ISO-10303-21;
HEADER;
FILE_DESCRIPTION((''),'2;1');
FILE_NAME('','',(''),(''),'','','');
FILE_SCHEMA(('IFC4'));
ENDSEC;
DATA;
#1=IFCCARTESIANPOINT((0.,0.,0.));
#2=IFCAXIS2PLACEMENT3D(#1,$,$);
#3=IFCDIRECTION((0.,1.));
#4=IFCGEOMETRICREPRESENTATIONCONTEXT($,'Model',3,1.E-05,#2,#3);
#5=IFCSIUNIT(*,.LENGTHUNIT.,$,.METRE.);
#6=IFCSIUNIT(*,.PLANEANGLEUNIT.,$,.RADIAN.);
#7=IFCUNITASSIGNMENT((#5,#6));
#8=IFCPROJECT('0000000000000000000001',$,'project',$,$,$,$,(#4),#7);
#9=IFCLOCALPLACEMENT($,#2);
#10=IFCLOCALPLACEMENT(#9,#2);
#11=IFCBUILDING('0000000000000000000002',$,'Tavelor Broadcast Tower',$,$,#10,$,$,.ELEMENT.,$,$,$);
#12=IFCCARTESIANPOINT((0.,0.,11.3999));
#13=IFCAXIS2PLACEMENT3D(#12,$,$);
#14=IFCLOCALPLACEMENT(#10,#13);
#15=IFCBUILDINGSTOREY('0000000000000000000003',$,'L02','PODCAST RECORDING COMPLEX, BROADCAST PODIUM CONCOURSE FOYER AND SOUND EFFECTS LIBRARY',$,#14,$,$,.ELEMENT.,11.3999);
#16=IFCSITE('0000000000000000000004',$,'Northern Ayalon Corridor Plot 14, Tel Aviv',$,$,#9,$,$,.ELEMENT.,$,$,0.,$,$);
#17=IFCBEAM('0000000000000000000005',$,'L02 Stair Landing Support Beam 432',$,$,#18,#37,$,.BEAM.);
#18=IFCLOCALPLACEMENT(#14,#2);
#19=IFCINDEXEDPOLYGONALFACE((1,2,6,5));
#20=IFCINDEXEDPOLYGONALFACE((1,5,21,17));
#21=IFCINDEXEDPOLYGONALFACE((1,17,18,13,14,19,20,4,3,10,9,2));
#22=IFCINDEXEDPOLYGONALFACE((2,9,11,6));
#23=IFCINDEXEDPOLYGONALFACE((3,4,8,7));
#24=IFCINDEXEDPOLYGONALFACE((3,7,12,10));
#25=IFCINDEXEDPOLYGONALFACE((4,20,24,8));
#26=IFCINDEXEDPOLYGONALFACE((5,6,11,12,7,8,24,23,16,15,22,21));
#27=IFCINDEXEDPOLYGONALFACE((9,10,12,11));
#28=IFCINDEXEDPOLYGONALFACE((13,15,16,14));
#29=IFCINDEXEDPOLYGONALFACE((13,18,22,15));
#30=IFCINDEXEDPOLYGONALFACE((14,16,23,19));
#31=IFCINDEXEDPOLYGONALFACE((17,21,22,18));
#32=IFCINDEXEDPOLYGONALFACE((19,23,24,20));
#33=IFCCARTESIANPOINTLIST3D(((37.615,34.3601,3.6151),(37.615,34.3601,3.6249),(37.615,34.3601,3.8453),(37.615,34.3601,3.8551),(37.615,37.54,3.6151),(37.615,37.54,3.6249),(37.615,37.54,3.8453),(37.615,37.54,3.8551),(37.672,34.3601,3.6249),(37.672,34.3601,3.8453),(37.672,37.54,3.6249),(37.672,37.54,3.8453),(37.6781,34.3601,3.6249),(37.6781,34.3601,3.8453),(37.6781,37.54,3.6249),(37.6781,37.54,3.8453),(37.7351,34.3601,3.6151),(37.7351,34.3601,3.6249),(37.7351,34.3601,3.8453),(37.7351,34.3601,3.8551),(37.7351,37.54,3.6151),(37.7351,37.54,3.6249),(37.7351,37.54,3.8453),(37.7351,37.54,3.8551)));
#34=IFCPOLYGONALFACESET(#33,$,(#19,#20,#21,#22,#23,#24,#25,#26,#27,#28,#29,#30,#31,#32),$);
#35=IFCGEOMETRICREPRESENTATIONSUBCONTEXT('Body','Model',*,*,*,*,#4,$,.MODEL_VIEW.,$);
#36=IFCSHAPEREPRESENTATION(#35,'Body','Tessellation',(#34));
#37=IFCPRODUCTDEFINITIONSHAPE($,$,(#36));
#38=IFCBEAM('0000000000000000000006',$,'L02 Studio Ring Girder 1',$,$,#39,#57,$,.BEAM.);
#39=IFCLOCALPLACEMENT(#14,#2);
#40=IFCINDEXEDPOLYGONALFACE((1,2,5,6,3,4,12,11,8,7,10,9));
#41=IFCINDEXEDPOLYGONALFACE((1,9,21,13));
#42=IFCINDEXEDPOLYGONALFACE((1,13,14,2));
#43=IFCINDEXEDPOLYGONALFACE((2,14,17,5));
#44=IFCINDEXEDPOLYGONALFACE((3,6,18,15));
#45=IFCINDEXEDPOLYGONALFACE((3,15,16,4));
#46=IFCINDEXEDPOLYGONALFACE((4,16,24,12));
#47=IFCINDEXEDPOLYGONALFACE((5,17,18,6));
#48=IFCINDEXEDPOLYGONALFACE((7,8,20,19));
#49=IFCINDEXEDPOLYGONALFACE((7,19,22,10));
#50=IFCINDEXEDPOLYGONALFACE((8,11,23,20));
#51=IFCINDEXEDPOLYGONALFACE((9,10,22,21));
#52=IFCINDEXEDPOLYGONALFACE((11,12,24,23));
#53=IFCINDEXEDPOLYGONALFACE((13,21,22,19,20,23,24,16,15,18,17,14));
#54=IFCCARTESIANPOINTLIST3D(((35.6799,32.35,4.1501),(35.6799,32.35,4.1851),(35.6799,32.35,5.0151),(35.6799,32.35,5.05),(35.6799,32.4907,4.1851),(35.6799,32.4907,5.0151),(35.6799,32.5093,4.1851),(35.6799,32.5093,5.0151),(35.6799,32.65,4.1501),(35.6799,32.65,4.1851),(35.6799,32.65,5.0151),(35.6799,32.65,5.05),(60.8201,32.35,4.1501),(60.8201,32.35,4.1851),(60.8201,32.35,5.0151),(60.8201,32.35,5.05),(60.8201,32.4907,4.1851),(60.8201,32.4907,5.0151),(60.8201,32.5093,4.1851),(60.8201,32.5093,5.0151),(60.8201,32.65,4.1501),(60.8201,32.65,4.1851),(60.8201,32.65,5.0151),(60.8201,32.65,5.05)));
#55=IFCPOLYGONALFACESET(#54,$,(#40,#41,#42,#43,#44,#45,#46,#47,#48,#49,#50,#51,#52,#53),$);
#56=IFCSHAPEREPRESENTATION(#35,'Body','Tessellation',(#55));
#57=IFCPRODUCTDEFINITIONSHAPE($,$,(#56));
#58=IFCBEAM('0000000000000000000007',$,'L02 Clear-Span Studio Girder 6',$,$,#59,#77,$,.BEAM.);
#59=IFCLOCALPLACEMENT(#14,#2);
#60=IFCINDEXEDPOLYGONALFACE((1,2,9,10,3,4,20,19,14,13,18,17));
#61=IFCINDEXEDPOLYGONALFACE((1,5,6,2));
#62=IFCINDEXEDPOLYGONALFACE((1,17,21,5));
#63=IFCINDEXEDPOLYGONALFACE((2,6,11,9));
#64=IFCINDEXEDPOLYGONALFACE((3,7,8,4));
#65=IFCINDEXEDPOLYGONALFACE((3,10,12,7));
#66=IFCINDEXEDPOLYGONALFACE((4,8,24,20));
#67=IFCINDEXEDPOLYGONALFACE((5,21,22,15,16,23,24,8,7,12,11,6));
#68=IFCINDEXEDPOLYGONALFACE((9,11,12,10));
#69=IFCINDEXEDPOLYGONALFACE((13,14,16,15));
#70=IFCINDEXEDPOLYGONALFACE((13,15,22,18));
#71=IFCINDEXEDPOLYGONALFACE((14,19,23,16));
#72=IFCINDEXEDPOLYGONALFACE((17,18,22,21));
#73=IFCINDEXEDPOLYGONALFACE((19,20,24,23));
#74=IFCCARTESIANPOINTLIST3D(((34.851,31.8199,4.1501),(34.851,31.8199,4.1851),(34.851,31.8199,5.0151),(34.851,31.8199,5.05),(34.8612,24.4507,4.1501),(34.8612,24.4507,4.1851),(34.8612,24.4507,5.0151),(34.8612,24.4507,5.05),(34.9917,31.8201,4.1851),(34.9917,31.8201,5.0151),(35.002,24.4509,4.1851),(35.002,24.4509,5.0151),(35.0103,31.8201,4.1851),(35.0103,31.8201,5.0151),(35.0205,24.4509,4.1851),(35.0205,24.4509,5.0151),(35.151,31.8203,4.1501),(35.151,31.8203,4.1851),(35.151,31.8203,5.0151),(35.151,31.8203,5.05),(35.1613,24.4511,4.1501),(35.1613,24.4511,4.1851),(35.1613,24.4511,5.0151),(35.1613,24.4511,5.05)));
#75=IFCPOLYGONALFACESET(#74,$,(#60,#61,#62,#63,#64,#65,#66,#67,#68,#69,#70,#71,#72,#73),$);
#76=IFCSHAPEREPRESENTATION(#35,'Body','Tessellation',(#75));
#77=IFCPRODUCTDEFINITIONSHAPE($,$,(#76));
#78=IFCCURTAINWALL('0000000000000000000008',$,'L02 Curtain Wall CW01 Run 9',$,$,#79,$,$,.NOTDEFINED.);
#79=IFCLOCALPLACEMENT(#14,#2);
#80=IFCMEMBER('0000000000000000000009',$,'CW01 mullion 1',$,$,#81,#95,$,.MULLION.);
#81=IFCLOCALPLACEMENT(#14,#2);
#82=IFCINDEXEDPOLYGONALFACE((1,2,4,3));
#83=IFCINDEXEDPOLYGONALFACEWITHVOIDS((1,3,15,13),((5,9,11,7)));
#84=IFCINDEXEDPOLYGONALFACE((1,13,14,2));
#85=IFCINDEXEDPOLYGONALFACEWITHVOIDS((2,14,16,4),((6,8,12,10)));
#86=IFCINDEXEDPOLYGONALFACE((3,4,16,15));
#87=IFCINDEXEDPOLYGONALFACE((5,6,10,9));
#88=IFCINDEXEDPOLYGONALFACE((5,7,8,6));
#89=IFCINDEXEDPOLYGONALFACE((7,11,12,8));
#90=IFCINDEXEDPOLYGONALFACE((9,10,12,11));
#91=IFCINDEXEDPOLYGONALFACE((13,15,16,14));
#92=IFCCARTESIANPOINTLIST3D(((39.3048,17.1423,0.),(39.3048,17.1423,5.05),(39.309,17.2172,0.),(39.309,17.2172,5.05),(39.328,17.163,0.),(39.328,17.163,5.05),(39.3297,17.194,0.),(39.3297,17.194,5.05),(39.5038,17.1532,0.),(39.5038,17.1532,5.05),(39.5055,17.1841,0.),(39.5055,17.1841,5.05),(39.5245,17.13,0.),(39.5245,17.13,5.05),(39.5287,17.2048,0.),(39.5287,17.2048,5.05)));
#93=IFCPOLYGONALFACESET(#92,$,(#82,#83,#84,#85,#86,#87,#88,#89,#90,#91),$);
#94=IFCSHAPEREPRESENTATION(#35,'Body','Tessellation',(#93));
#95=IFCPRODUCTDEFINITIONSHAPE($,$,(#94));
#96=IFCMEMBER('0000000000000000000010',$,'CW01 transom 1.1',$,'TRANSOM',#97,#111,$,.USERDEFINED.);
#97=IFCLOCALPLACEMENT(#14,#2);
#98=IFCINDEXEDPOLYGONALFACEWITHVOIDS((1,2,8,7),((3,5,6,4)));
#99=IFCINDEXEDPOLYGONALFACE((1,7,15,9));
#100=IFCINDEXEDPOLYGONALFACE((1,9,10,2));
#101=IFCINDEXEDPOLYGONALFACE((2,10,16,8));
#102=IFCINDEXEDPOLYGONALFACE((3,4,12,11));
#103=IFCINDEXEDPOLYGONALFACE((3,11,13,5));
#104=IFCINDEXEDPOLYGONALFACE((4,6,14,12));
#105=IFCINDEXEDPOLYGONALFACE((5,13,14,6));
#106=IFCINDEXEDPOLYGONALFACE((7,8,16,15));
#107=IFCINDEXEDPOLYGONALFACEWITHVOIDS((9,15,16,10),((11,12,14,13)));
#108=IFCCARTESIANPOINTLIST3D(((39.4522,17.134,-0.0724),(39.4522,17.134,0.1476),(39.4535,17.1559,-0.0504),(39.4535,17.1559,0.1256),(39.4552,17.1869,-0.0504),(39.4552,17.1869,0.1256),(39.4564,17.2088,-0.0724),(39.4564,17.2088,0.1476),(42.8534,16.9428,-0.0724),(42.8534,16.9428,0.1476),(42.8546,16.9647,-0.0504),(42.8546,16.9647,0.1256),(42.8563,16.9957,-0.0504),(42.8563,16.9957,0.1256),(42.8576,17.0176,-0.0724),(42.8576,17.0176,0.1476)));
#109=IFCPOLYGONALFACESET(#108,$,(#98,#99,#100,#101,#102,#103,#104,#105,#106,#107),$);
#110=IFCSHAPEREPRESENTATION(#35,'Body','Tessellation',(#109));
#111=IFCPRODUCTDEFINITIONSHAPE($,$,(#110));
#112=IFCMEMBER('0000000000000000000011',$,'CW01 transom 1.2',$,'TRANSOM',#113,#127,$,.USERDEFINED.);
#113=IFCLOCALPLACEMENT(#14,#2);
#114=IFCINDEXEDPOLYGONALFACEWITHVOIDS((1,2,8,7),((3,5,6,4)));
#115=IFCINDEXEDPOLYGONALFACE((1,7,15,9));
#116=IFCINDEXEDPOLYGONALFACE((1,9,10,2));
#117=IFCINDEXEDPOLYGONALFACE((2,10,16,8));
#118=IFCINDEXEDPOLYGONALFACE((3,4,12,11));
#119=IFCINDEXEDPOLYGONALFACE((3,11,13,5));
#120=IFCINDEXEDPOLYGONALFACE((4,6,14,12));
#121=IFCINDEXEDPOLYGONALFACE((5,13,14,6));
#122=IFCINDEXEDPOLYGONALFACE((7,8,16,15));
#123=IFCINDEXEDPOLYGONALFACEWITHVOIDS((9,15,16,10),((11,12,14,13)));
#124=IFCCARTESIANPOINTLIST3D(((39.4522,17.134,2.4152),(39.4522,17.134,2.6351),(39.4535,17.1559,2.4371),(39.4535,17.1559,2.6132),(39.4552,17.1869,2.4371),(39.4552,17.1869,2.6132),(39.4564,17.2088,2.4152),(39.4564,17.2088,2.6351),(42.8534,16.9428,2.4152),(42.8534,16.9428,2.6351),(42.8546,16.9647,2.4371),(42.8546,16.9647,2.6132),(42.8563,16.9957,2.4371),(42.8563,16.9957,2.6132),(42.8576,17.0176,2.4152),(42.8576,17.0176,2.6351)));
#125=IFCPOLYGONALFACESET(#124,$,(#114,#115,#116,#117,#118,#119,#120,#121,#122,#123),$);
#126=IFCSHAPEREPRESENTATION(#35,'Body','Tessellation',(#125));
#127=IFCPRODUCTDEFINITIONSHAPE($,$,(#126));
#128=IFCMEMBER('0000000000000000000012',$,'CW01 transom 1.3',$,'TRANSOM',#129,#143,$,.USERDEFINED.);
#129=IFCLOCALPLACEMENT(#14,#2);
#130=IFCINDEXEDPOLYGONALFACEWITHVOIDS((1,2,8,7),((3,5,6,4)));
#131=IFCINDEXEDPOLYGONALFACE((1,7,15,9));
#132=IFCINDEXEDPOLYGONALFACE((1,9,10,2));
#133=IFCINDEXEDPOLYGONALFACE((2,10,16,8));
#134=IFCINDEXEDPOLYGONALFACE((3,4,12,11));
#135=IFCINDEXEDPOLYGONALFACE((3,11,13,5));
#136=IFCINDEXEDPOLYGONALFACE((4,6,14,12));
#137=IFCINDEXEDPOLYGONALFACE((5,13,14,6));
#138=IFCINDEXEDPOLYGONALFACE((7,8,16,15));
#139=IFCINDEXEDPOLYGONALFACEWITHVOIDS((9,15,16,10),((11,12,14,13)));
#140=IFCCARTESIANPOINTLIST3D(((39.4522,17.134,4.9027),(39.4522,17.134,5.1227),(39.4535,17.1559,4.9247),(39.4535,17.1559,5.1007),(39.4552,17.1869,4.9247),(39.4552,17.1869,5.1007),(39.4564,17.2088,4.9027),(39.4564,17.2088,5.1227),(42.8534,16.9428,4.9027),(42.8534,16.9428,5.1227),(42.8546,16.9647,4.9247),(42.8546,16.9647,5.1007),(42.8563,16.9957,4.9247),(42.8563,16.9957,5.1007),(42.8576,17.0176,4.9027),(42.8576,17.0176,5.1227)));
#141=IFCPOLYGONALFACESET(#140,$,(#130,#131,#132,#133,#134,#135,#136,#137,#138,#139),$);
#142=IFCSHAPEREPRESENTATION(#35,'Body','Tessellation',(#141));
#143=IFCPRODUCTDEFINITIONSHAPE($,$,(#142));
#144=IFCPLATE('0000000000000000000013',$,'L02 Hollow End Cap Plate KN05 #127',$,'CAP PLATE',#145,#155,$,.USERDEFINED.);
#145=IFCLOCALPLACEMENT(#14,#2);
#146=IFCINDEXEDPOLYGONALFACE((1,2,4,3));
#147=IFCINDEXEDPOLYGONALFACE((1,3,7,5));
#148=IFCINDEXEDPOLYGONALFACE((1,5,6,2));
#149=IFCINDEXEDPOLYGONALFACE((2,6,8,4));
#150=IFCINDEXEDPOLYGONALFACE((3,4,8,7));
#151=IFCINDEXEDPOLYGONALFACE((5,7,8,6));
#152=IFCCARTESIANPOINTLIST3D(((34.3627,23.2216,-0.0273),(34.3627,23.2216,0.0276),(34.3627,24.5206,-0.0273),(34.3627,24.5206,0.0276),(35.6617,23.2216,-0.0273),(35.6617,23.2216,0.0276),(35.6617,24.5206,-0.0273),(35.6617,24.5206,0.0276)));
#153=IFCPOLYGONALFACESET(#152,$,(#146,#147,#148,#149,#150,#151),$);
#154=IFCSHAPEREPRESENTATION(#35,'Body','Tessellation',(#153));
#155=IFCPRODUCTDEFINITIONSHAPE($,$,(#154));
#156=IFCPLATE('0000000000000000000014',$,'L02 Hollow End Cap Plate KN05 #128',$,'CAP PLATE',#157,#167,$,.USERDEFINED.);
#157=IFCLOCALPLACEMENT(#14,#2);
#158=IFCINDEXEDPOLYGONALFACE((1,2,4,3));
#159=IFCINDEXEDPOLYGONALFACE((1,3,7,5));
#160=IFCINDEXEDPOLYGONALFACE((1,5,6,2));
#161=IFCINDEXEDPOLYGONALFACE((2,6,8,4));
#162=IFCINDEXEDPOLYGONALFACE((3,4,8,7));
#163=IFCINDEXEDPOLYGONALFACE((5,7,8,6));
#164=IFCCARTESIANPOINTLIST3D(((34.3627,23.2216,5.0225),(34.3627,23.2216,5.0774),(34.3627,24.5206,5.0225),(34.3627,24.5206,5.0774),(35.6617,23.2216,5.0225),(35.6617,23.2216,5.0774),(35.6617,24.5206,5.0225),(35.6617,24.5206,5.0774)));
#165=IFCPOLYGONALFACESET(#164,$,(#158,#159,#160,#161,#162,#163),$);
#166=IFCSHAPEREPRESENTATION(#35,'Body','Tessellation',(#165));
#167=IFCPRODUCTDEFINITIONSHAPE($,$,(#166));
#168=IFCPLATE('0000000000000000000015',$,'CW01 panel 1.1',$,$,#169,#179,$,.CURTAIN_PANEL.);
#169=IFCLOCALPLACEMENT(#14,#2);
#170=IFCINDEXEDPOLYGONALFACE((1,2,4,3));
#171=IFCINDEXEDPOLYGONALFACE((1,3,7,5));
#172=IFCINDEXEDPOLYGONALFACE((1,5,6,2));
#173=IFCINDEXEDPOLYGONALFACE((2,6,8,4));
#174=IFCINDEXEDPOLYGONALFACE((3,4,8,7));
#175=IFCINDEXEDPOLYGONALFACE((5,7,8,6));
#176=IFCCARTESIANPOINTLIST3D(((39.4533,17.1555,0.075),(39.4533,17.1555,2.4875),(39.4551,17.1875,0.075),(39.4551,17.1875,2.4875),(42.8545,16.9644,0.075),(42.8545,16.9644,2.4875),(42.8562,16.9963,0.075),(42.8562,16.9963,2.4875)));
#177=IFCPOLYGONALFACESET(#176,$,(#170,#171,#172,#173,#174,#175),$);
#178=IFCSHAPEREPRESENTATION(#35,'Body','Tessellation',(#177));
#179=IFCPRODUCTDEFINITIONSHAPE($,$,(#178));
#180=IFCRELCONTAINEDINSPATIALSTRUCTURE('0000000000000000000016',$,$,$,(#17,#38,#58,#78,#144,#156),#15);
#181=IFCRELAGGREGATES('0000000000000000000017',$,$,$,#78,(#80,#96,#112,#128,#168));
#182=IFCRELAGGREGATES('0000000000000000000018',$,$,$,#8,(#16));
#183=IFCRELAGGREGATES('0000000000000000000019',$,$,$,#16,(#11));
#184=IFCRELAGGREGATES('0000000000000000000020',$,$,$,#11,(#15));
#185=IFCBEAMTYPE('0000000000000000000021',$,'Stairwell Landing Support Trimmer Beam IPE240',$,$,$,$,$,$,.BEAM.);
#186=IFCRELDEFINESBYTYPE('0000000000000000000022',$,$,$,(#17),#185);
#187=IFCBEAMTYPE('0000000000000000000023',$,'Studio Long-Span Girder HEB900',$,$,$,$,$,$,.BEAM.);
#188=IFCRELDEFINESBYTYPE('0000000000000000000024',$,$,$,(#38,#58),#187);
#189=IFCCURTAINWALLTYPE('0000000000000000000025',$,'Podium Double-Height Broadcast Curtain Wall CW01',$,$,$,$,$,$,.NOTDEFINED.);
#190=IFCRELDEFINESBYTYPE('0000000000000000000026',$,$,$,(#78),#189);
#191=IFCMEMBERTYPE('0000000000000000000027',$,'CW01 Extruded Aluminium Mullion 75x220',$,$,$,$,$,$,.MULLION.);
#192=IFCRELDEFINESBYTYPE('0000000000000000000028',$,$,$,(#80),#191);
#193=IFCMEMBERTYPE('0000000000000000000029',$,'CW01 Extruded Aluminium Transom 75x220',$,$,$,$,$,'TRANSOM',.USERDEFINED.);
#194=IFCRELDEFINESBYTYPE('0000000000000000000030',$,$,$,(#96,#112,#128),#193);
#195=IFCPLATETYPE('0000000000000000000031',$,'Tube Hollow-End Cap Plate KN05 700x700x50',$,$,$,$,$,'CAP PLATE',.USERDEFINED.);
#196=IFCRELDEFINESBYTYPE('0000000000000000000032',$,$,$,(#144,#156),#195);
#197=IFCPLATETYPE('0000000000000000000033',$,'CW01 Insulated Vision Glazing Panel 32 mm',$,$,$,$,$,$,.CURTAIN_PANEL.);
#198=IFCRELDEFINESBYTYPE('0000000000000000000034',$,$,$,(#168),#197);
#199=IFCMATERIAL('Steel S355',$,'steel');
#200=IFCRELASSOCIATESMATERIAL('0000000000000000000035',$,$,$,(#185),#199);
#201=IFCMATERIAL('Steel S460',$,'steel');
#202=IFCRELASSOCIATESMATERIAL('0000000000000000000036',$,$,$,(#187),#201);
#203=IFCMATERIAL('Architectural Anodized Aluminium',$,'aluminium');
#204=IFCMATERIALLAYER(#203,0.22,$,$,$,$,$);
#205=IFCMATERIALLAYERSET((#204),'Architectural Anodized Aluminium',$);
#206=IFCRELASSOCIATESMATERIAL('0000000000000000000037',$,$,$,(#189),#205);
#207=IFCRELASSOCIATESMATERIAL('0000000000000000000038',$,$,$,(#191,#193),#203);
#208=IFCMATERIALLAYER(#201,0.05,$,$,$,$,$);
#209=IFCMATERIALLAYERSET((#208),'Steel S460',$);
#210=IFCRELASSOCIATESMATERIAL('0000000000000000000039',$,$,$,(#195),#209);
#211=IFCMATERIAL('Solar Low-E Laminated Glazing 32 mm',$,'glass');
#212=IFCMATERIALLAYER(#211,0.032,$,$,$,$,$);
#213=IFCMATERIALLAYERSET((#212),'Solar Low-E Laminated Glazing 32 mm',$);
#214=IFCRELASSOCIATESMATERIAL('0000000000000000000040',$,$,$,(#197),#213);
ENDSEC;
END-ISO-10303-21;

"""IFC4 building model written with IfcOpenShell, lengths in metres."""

from ifc_helpers import new_model, si_unit, direction, frame, origin, origin_2d, place, context, subcontext, project, spatial, rectangle, hollow_rectangle, i_section, extrude, source, transform, mapped, material, layer, layer_set, material_profile, profile_set, type_object, type_shapes, element, aggregate, save


model = new_model("IFC4")

# Units and contexts
model_context = context("Model", 3, precision=1e-05, world=origin(), true_north=direction((0.0, 1.0)))
body_context = subcontext(model_context, "Body", "Model", "MODEL_VIEW")
ifc_project = project(units=[si_unit("LENGTHUNIT", "METRE"), si_unit("PLANEANGLEUNIT", "RADIAN")], contexts=[model_context])

# Site, building, storey
site_placement = place(None, origin())
site = spatial("IfcSite", under=ifc_project, at=site_placement, Name="Northern Ayalon Corridor Plot 14, Tel Aviv", CompositionType="ELEMENT", RefElevation=0.0)
building_placement = place(site_placement, origin())
building = spatial("IfcBuilding", under=site, at=building_placement, Name="Tavelor Broadcast Tower", CompositionType="ELEMENT")
storey_placement = place(building_placement, frame((0.0, 0.0, 11.3999)))
storey = spatial("IfcBuildingStorey", under=building, at=storey_placement, Name="L02", Description="PODCAST RECORDING COMPLEX, BROADCAST PODIUM CONCOURSE FOYER AND SOUND EFFECTS LIBRARY", CompositionType="ELEMENT", Elevation=11.3999)

# Shared definitions
ifc_material_1 = material(Name="Steel S460", Category="steel")

# Beams
ifc_material_2 = material(Name="Steel S355", Category="steel")
ifc_material_profile_1 = material_profile(ifc_material_2, i_section(OverallWidth=0.1201, OverallDepth=0.24, WebThickness=0.0061, FlangeThickness=0.0098, at=origin_2d()), Name="IPE 240")
ifc_profile_set_1 = profile_set([ifc_material_profile_1], Name="Steel S355")
beam_type_1 = type_object("IfcBeamType", Name="Stairwell Landing Support Trimmer Beam IPE240", PredefinedType="BEAM", material=ifc_profile_set_1)
for number, where, z_axis, x_axis, name in (
    (1, (37.675, 34.3601, 3.7351), (0.0, 1.0, 0.0), (-1.0, 0.0, 0.0), "L02 Stair Landing Support Beam 432"),
):
    element("IfcBeam", number, at=place(storey_placement, frame(where, z_axis=z_axis, x_axis=x_axis)), inside=storey, type_object=beam_type_1, Name=name, PredefinedType="BEAM", context=body_context, shape_type="SweptSolid", body=[
        extrude(i_section(OverallWidth=0.1201, OverallDepth=0.24, WebThickness=0.0061, FlangeThickness=0.0098, at=origin_2d()), origin(), (0.0, 0.0, 1.0), 3.1799),
    ])
ifc_material_profile_2 = material_profile(ifc_material_1, i_section(OverallWidth=0.3, OverallDepth=0.8999, WebThickness=0.0186, FlangeThickness=0.0349, at=origin_2d()), Name="HEB 900")
ifc_profile_set_2 = profile_set([ifc_material_profile_2], Name="Steel S460")
beam_type_2 = type_object("IfcBeamType", Name="Studio Long-Span Girder HEB900", PredefinedType="BEAM", material=ifc_profile_set_2)
beam_1_placement = place(storey_placement, frame((35.6799, 32.5, 4.6001), z_axis=(1.0, 0.0, 0.0), x_axis=(0.0, 1.0, 0.0)))
element("IfcBeam", 2, at=beam_1_placement, inside=storey, type_object=beam_type_2, Name="L02 Studio Ring Girder 1", PredefinedType="BEAM", context=body_context, shape_type="SweptSolid", body=[
    extrude(i_section(OverallWidth=0.3, OverallDepth=0.8999, WebThickness=0.0186, FlangeThickness=0.0349, at=origin_2d()), origin(), (0.0, 0.0, 1.0), 25.1401),
])
beam_2_placement = place(storey_placement, frame((35.001, 31.8201, 4.6001), z_axis=(0.001391, -0.999999, 0.0), x_axis=(0.999999, 0.001391, 0.0)))
element("IfcBeam", 3, at=beam_2_placement, inside=storey, type_object=beam_type_2, Name="L02 Clear-Span Studio Girder 6", PredefinedType="BEAM", context=body_context, shape_type="SweptSolid", body=[
    extrude(i_section(OverallWidth=0.3, OverallDepth=0.8999, WebThickness=0.0186, FlangeThickness=0.0349, at=origin_2d()), origin(), (0.0, 0.0, 1.0), 7.3691),
])

# Curtain wall, members
ifc_material_3 = material(Name="Architectural Anodized Aluminium", Category="aluminium")
ifc_layer_1 = layer(ifc_material_3, 0.22)
ifc_layer_set_1 = layer_set([ifc_layer_1], Name="Architectural Anodized Aluminium")
curtain_wall_type = type_object("IfcCurtainWallType", Name="Podium Double-Height Broadcast Curtain Wall CW01", PredefinedType="NOTDEFINED", material=ifc_layer_set_1)
curtain_wall_placement = place(storey_placement, origin())
curtain_wall = element("IfcCurtainWall", 4, at=curtain_wall_placement, inside=storey, type_object=curtain_wall_type, Name="L02 Curtain Wall CW01 Run 9", PredefinedType="NOTDEFINED")
ifc_material_profile_3 = material_profile(ifc_material_3, hollow_rectangle(XDim=0.075, YDim=0.22, WallThickness=0.022, at=origin_2d()), Name="RHS 75x220x22")
ifc_profile_set_3 = profile_set([ifc_material_profile_3], Name="Architectural Anodized Aluminium")
member_type_1 = type_object("IfcMemberType", Name="CW01 Extruded Aluminium Mullion 75x220", PredefinedType="MULLION", material=ifc_profile_set_3)
shared_shape_1 = source(origin(), body_context, "Body", "SweptSolid", [
    extrude(hollow_rectangle(XDim=0.075, YDim=0.22, WallThickness=0.022, at=origin_2d()), origin(), (0.0, 0.0, 1.0), 5.05),
])
type_shapes(member_type_1, [shared_shape_1])
member_1_placement = place(storey_placement, frame((39.4167, 17.1736, 0.0), z_axis=(0.0, 0.0, 1.0), x_axis=(0.056103, 0.998425, 0.0)))
member_1 = element("IfcMember", 5, at=member_1_placement, type_object=member_type_1, Name="CW01 mullion 1", PredefinedType="MULLION", context=body_context, shape_type="MappedRepresentation", body=[
    mapped(shared_shape_1, transform((0.0, 0.0, 0.0), scale=1.0)),
])
ifc_material_profile_4 = material_profile(ifc_material_3, hollow_rectangle(XDim=0.075, YDim=0.22, WallThickness=0.022, at=origin_2d()), Name="RHS 75x220x22")
ifc_profile_set_4 = profile_set([ifc_material_profile_4], Name="Architectural Anodized Aluminium")
member_type_2 = type_object("IfcMemberType", Name="CW01 Extruded Aluminium Transom 75x220", ElementType="TRANSOM", PredefinedType="USERDEFINED", material=ifc_profile_set_4)
shared_shape_2 = source(origin(), body_context, "Body", "SweptSolid", [
    extrude(hollow_rectangle(XDim=0.075, YDim=0.22, WallThickness=0.022, at=origin_2d()), origin(), (0.0, 0.0, 1.0), 3.4065),
])
type_shapes(member_type_2, [shared_shape_2])
member_2_placement = place(storey_placement, frame((39.4543, 17.1714, 0.0376), z_axis=(0.998424, -0.056117, 0.0), x_axis=(0.056117, 0.998424, 0.0)))
member_2 = element("IfcMember", 6, at=member_2_placement, type_object=member_type_2, Name="CW01 transom 1.1", ObjectType="TRANSOM", PredefinedType="USERDEFINED", context=body_context, shape_type="MappedRepresentation", body=[
    mapped(shared_shape_2, transform((0.0, 0.0, 0.0), scale=1.0)),
])
member_3_placement = place(storey_placement, frame((39.4543, 17.1714, 2.5251), z_axis=(0.998424, -0.056117, 0.0), x_axis=(0.056117, 0.998424, 0.0)))
member_3 = element("IfcMember", 7, at=member_3_placement, type_object=member_type_2, Name="CW01 transom 1.2", ObjectType="TRANSOM", PredefinedType="USERDEFINED", context=body_context, shape_type="MappedRepresentation", body=[
    mapped(shared_shape_2, transform((0.0, 0.0, 0.0), scale=1.0)),
])
member_4_placement = place(storey_placement, frame((39.4543, 17.1714, 5.0127), z_axis=(0.998424, -0.056117, 0.0), x_axis=(0.056117, 0.998424, 0.0)))
member_4 = element("IfcMember", 8, at=member_4_placement, type_object=member_type_2, Name="CW01 transom 1.3", ObjectType="TRANSOM", PredefinedType="USERDEFINED", context=body_context, shape_type="MappedRepresentation", body=[
    mapped(shared_shape_2, transform((0.0, 0.0, 0.0), scale=1.0)),
])

# Plates
ifc_layer_2 = layer(ifc_material_1, 0.05)
ifc_layer_set_2 = layer_set([ifc_layer_2], Name="Steel S460")
plate_type_1 = type_object("IfcPlateType", Name="Tube Hollow-End Cap Plate KN05 700x700x50", ElementType="CAP PLATE", PredefinedType="USERDEFINED", material=ifc_layer_set_2)
shared_shape_3 = source(origin(), body_context, "Body", "SweptSolid", [
    extrude(rectangle(XDim=1.2991, YDim=1.2991, at=origin_2d()), origin(), (0.0, 0.0, 1.0), 0.0549),
])
type_shapes(plate_type_1, [shared_shape_3])
for number, where, z_axis, x_axis, name in (
    (9, (35.0122, 23.8711, -0.0273), (0.0, 0.0, 1.0), (1.0, 0.0, 0.0), "L02 Hollow End Cap Plate KN05 #127"),
    (10, (35.0122, 23.8711, 5.0225), (0.0, 0.0, 1.0), (1.0, 0.0, 0.0), "L02 Hollow End Cap Plate KN05 #128"),
):
    element("IfcPlate", number, at=place(storey_placement, frame(where, z_axis=z_axis, x_axis=x_axis)), inside=storey, type_object=plate_type_1, Name=name, ObjectType="CAP PLATE", PredefinedType="USERDEFINED", context=body_context, shape_type="MappedRepresentation", body=[
        mapped(shared_shape_3, transform((0.0, 0.0, 0.0), scale=1.0)),
    ])

# Plate
ifc_material_4 = material(Name="Solar Low-E Laminated Glazing 32 mm", Category="glass")
ifc_layer_3 = layer(ifc_material_4, 0.032)
ifc_layer_set_3 = layer_set([ifc_layer_3], Name="Solar Low-E Laminated Glazing 32 mm")
plate_type_2 = type_object("IfcPlateType", Name="CW01 Insulated Vision Glazing Panel 32 mm", PredefinedType="CURTAIN_PANEL", material=ifc_layer_set_3)
shared_shape_4 = source(origin(), body_context, "Body", "SweptSolid", [
    extrude(rectangle(XDim=3.4065, YDim=0.032, at=origin_2d()), origin(), (0.0, 0.0, 1.0), 2.4126),
])
type_shapes(plate_type_2, [shared_shape_4])
plate_1_placement = place(storey_placement, frame((41.1548, 17.0759, 0.075), z_axis=(0.0, 0.0, 1.0), x_axis=(0.998425, -0.056103, 0.0)))
plate_1 = element("IfcPlate", 11, at=plate_1_placement, type_object=plate_type_2, Name="CW01 panel 1.1", PredefinedType="CURTAIN_PANEL", context=body_context, shape_type="MappedRepresentation", body=[
    mapped(shared_shape_4, transform((0.0, 0.0, 0.0), scale=1.0)),
])
aggregate(curtain_wall, [member_1, member_2, member_3, member_4, plate_1])

save(model, "model.ifc")
